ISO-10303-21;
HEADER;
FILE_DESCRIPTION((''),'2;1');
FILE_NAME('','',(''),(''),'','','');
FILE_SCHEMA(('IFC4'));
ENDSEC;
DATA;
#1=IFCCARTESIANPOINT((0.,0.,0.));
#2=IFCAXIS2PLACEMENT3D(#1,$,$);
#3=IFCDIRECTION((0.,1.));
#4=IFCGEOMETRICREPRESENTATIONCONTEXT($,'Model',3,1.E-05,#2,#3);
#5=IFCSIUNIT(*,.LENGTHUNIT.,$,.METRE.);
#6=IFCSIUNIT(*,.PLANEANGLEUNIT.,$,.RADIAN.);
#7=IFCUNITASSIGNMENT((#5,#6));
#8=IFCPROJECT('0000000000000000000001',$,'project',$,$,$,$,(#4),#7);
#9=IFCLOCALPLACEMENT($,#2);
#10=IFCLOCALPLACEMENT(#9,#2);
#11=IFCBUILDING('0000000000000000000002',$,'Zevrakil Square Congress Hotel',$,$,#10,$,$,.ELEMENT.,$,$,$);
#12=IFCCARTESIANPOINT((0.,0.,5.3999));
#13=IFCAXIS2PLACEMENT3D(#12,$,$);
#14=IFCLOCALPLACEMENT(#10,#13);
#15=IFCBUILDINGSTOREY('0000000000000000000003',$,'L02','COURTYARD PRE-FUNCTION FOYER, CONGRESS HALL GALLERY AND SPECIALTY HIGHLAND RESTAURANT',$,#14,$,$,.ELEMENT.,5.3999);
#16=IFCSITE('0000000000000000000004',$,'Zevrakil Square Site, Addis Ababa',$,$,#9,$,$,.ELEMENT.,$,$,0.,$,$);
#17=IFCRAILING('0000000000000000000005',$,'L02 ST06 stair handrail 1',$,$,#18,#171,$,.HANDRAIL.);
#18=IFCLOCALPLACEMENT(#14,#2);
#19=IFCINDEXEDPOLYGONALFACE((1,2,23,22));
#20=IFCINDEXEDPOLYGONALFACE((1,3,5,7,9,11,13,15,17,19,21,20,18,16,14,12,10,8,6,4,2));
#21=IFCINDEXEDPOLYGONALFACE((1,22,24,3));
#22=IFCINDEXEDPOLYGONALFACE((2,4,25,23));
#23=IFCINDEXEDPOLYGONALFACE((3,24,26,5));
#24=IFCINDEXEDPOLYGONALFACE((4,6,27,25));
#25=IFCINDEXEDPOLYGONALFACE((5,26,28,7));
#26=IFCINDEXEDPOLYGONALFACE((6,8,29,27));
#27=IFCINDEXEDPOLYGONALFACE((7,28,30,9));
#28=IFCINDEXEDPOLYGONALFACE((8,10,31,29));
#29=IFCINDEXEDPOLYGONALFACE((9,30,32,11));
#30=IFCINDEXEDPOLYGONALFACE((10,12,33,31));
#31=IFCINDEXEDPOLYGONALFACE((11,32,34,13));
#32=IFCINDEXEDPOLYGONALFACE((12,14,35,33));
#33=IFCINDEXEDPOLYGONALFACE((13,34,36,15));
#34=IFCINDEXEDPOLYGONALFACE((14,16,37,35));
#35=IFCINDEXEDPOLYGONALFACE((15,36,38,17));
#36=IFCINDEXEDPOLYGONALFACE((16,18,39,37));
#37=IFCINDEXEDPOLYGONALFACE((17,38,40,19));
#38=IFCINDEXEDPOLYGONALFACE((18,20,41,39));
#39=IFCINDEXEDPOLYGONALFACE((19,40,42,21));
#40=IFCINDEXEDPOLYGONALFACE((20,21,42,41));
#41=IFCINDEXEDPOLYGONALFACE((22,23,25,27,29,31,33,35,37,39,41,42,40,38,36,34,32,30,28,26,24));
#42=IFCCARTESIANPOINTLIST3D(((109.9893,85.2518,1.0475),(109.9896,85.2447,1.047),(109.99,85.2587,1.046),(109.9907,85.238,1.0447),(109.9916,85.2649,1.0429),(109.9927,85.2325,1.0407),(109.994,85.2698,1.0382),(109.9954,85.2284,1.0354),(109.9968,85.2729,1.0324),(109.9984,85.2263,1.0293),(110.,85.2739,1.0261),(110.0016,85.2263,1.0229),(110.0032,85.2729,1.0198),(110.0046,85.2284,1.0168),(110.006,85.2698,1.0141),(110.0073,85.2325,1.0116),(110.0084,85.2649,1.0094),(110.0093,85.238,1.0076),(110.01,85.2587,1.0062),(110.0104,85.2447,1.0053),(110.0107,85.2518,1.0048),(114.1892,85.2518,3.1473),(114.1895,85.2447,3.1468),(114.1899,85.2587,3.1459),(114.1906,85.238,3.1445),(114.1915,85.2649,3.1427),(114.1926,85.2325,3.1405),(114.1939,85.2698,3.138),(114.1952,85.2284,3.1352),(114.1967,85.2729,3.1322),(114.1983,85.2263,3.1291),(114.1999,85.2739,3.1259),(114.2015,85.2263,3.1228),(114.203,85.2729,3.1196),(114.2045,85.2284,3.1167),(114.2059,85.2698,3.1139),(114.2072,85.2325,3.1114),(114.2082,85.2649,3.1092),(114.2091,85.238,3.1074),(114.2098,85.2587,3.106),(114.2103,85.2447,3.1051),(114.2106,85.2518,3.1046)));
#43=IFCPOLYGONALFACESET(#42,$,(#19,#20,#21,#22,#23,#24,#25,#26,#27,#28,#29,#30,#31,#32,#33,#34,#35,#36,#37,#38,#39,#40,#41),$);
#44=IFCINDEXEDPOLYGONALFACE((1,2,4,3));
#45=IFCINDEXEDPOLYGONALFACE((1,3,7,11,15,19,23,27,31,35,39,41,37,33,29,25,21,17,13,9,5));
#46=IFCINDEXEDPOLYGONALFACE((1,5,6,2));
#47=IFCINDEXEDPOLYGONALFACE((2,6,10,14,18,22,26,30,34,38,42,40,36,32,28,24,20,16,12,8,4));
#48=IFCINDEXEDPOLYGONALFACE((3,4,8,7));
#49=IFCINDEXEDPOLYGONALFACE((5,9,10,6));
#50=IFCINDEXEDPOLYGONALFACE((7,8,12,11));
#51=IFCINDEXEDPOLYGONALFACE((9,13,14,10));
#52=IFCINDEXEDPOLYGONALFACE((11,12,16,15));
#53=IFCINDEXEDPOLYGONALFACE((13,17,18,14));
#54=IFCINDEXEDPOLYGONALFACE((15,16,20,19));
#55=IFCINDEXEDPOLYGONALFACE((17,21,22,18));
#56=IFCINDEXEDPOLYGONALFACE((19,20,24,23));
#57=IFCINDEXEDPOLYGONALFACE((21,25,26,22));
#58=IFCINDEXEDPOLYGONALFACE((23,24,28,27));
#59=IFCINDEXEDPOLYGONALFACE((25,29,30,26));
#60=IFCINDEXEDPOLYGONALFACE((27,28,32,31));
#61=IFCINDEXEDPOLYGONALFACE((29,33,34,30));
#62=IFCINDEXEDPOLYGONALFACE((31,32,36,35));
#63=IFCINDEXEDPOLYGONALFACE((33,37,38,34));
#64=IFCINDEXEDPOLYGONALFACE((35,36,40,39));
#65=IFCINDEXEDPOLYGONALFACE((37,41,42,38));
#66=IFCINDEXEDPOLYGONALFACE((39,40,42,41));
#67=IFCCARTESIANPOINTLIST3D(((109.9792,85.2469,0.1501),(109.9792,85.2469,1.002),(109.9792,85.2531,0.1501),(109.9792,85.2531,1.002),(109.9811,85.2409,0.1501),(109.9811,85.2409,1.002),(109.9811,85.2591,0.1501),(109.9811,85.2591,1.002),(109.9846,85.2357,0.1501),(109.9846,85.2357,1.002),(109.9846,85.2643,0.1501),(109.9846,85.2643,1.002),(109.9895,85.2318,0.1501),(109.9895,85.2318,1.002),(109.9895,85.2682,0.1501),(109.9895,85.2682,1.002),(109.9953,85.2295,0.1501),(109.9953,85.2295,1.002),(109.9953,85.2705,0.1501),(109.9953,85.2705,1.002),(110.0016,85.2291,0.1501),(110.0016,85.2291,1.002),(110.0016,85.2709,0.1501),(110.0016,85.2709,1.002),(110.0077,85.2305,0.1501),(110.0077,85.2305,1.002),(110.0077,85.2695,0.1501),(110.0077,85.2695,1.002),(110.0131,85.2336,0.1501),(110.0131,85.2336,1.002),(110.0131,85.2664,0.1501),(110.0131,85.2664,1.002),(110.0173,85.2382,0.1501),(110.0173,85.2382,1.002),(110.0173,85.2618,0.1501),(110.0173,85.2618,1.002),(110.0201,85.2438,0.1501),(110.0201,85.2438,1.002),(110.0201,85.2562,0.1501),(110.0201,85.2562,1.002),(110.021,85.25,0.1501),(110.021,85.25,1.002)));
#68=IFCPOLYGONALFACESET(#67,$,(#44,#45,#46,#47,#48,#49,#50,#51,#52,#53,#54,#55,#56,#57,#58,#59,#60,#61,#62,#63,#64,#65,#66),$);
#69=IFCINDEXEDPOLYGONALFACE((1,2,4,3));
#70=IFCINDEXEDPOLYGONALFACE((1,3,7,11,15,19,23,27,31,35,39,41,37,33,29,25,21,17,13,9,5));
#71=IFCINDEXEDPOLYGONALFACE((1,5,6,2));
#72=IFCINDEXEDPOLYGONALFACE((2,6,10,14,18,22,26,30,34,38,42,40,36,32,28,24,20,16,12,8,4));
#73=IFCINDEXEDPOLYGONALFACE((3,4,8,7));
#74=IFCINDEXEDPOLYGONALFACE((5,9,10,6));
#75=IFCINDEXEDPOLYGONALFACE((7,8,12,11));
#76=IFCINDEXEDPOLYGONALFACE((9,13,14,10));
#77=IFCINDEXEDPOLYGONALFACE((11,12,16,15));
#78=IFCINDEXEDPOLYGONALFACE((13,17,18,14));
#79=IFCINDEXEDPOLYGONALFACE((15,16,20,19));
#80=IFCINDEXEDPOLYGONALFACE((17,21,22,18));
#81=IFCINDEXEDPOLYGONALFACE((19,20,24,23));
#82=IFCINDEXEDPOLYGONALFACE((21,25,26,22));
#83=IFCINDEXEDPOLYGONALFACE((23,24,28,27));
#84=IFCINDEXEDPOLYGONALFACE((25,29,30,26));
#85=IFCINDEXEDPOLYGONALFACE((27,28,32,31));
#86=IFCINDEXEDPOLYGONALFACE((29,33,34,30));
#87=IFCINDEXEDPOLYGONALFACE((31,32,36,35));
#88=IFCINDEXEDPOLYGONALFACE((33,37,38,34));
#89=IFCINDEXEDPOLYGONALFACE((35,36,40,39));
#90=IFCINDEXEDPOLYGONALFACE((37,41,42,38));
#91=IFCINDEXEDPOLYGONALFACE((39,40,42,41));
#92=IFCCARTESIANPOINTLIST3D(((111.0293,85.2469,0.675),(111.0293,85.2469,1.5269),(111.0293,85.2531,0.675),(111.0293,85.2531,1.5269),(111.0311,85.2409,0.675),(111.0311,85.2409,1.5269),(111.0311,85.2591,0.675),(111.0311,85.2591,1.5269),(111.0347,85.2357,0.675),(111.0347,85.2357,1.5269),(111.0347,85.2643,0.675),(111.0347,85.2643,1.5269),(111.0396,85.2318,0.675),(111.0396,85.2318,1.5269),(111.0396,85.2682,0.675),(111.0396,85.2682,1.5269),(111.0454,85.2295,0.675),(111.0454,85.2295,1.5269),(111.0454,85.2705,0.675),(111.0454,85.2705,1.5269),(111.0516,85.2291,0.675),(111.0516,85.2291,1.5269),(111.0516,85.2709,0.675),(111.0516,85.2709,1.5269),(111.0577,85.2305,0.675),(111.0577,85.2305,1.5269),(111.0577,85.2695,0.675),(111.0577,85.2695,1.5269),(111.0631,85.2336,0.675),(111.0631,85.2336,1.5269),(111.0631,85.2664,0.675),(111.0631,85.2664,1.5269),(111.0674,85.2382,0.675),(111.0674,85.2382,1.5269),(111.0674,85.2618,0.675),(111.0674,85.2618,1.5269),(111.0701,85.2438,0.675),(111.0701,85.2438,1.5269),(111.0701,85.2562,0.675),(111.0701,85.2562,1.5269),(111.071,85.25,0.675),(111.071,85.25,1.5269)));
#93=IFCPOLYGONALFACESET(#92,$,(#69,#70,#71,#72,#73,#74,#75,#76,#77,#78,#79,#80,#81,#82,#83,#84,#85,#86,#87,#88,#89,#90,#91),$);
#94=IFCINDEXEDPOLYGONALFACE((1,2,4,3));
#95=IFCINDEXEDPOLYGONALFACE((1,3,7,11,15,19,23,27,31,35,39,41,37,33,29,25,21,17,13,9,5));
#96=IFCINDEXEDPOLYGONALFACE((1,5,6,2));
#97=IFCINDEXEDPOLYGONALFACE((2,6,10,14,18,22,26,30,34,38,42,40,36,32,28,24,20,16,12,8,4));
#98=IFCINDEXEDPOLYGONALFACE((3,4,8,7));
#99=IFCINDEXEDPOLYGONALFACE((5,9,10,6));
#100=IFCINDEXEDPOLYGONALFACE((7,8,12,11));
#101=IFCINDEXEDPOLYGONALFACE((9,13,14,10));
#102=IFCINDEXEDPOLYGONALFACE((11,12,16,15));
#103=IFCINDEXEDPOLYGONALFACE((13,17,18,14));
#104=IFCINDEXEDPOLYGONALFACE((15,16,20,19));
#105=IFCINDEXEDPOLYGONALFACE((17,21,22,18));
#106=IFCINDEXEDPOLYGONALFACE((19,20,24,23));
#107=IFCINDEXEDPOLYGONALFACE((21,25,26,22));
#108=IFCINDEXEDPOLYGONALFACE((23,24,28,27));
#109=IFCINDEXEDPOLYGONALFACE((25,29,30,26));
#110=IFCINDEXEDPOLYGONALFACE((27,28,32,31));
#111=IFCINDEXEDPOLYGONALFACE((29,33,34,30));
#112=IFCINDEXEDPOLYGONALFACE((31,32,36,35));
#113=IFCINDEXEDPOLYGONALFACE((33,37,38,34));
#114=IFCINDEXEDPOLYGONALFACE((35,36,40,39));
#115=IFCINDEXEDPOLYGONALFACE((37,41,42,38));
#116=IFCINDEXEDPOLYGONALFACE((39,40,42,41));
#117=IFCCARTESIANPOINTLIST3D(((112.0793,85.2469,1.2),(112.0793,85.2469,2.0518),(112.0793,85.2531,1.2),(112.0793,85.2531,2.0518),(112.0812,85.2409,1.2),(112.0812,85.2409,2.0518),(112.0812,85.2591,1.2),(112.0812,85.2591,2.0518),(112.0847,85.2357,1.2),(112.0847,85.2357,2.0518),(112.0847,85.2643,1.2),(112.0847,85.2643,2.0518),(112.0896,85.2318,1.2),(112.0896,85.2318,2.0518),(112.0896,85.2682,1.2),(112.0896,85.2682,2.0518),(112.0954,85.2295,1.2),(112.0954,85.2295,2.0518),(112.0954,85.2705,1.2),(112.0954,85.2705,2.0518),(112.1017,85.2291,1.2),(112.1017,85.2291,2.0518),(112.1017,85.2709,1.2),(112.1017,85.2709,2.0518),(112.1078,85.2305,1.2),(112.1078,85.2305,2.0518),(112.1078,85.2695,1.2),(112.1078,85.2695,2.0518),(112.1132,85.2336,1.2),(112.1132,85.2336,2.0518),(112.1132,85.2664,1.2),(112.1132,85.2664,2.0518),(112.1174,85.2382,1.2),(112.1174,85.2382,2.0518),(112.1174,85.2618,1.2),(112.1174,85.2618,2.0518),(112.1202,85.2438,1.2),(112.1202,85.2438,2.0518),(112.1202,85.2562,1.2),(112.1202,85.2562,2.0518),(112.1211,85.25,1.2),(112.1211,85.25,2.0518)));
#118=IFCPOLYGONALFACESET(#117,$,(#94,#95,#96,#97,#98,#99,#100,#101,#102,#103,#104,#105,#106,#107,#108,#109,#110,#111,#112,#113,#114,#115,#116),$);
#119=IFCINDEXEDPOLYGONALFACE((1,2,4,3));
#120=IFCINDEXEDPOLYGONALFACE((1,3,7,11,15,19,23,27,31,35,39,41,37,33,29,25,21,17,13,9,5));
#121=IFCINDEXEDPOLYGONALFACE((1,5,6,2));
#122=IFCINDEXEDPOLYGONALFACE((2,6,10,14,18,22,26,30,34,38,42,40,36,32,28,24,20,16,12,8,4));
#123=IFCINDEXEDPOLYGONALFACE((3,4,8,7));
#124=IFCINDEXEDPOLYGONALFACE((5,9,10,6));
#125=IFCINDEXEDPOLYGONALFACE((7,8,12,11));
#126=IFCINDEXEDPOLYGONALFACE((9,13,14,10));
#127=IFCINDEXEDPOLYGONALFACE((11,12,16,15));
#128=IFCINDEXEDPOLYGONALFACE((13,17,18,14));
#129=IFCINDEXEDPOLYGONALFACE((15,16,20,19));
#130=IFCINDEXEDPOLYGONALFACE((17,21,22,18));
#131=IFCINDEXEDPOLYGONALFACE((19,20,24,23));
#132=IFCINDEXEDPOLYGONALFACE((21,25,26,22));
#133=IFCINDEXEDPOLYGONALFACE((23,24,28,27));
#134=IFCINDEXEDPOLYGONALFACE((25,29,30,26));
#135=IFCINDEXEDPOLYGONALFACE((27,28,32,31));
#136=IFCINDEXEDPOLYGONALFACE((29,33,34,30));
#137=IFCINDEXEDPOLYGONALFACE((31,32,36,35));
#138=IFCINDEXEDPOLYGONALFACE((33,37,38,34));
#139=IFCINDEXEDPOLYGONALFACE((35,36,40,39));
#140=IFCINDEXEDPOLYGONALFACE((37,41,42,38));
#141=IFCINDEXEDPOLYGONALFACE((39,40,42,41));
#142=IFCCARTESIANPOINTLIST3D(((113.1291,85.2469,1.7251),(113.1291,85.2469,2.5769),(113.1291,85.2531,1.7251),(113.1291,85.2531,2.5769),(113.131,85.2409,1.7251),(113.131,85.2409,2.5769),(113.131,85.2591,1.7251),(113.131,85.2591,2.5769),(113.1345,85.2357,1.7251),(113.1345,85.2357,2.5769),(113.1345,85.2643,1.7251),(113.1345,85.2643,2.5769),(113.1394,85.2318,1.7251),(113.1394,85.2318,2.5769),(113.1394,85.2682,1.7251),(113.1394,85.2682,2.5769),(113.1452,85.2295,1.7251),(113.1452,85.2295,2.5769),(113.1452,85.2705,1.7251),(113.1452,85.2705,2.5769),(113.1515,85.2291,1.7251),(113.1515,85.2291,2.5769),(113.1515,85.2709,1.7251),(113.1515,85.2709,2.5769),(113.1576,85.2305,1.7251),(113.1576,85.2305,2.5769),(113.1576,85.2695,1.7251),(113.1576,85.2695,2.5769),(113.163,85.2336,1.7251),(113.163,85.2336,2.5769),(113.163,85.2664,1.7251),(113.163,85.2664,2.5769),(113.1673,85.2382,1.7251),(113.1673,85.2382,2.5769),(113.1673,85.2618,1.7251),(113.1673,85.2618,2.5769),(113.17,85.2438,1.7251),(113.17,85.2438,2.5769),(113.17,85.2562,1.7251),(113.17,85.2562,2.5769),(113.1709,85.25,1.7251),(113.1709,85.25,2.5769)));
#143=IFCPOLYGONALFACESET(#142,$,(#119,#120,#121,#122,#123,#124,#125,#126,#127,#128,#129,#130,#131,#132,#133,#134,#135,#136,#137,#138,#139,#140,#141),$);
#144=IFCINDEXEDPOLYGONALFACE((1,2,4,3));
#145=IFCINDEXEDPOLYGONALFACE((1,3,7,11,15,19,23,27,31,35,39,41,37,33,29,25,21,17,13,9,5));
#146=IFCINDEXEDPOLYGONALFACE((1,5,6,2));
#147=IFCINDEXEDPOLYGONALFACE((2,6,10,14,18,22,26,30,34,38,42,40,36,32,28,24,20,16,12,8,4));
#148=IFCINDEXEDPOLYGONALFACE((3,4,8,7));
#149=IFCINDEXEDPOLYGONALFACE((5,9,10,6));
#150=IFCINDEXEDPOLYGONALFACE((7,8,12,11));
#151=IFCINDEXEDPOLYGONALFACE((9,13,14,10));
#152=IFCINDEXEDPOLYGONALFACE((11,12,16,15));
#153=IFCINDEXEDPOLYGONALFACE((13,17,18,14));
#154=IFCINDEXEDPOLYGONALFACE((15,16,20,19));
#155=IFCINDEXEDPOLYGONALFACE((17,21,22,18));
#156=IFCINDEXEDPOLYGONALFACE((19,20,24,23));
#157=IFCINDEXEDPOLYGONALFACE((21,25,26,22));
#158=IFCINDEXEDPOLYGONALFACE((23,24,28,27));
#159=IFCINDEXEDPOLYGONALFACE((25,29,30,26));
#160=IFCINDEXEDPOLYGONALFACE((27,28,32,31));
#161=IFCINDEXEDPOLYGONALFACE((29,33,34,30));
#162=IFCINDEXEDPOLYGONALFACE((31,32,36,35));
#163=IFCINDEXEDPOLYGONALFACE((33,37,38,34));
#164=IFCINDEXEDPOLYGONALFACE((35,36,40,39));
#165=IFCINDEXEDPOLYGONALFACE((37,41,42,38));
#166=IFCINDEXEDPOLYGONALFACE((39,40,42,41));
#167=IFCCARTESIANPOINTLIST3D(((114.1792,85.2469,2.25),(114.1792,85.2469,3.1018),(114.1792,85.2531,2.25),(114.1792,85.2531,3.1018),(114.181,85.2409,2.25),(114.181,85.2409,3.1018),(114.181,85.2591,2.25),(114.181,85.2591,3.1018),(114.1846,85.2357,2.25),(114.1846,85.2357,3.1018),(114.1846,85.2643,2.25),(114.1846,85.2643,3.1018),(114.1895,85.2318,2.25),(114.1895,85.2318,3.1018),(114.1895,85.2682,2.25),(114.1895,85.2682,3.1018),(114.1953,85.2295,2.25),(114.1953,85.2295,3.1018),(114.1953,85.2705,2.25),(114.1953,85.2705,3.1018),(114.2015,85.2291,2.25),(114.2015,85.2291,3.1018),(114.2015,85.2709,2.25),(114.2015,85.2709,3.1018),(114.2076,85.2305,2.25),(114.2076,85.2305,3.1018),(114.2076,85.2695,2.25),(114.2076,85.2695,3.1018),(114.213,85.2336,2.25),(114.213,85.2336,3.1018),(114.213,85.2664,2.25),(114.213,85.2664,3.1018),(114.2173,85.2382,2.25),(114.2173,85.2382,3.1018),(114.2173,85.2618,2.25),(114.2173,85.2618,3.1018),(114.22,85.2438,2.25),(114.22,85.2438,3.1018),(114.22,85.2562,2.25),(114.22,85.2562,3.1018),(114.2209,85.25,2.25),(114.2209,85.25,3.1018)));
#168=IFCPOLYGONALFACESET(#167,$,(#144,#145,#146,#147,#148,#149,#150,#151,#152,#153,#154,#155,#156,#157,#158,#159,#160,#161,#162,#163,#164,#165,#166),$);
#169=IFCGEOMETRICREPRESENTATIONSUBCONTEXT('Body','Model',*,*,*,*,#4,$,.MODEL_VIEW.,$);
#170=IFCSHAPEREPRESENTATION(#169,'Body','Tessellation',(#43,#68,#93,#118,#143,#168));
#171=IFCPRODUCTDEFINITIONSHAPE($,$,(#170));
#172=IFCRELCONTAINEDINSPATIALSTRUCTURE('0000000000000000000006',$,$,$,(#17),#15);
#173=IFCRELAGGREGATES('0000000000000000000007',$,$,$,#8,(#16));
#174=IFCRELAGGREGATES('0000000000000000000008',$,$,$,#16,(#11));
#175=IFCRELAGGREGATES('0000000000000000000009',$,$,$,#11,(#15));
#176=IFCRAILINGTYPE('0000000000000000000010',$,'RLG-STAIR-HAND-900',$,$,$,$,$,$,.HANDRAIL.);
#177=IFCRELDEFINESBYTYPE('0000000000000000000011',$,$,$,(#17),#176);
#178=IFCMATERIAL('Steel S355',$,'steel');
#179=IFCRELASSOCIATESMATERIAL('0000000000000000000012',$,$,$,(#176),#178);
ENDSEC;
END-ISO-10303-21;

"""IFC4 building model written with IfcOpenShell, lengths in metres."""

from ifc_helpers import new_model, si_unit, direction, frame, origin, origin_2d, place, context, subcontext, project, spatial, circle, extrude, material, type_object, element, save


model = new_model("IFC4")

# Units and contexts
model_context = context("Model", 3, precision=1e-05, world=origin(), true_north=direction((0.0, 1.0)))
body_context = subcontext(model_context, "Body", "Model", "MODEL_VIEW")
ifc_project = project(units=[si_unit("LENGTHUNIT", "METRE"), si_unit("PLANEANGLEUNIT", "RADIAN")], contexts=[model_context])

# Site, building, storey
site_placement = place(None, origin())
site = spatial("IfcSite", under=ifc_project, at=site_placement, Name="Zevrakil Square Site, Addis Ababa", CompositionType="ELEMENT", RefElevation=0.0)
building_placement = place(site_placement, origin())
building = spatial("IfcBuilding", under=site, at=building_placement, Name="Zevrakil Square Congress Hotel", CompositionType="ELEMENT")
storey_placement = place(building_placement, frame((0.0, 0.0, 5.3999)))
storey = spatial("IfcBuildingStorey", under=building, at=storey_placement, Name="L02", Description="COURTYARD PRE-FUNCTION FOYER, CONGRESS HALL GALLERY AND SPECIALTY HIGHLAND RESTAURANT", CompositionType="ELEMENT", Elevation=5.3999)

# Railing
ifc_material_1 = material(Name="Steel S355", Category="steel")
railing_type_1 = type_object("IfcRailingType", Name="RLG-STAIR-HAND-900", PredefinedType="HANDRAIL", material=ifc_material_1)
railing_1_placement = place(storey_placement, frame((110.0, 85.25, 0.1501)))
element("IfcRailing", 1, at=railing_1_placement, inside=storey, type_object=railing_type_1, Name="L02 ST06 stair handrail 1", PredefinedType="HANDRAIL", context=body_context, shape_type="SweptSolid", body=[
    extrude(circle(Radius=0.0239, at=origin_2d()), frame((0.0, 0.0, 0.876), z_axis=(0.894438, 0.0, 0.447193), x_axis=(0.0, 1.0, 0.0)), (0.0, 0.0, 1.0), 4.6956),
    extrude(circle(Radius=0.021, at=origin_2d()), origin(), (0.0, 0.0, 1.0), 0.8518),
    extrude(circle(Radius=0.021, at=origin_2d()), frame((1.05, 0.0, 0.5249)), (0.0, 0.0, 1.0), 0.8518),
    extrude(circle(Radius=0.021, at=origin_2d()), frame((2.1001, 0.0, 1.0498)), (0.0, 0.0, 1.0), 0.8518),
    extrude(circle(Radius=0.021, at=origin_2d()), frame((3.1499, 0.0, 1.575)), (0.0, 0.0, 1.0), 0.8518),
    extrude(circle(Radius=0.021, at=origin_2d()), frame((4.2, 0.0, 2.0999)), (0.0, 0.0, 1.0), 0.8518),
])

save(model, "model.ifc")
